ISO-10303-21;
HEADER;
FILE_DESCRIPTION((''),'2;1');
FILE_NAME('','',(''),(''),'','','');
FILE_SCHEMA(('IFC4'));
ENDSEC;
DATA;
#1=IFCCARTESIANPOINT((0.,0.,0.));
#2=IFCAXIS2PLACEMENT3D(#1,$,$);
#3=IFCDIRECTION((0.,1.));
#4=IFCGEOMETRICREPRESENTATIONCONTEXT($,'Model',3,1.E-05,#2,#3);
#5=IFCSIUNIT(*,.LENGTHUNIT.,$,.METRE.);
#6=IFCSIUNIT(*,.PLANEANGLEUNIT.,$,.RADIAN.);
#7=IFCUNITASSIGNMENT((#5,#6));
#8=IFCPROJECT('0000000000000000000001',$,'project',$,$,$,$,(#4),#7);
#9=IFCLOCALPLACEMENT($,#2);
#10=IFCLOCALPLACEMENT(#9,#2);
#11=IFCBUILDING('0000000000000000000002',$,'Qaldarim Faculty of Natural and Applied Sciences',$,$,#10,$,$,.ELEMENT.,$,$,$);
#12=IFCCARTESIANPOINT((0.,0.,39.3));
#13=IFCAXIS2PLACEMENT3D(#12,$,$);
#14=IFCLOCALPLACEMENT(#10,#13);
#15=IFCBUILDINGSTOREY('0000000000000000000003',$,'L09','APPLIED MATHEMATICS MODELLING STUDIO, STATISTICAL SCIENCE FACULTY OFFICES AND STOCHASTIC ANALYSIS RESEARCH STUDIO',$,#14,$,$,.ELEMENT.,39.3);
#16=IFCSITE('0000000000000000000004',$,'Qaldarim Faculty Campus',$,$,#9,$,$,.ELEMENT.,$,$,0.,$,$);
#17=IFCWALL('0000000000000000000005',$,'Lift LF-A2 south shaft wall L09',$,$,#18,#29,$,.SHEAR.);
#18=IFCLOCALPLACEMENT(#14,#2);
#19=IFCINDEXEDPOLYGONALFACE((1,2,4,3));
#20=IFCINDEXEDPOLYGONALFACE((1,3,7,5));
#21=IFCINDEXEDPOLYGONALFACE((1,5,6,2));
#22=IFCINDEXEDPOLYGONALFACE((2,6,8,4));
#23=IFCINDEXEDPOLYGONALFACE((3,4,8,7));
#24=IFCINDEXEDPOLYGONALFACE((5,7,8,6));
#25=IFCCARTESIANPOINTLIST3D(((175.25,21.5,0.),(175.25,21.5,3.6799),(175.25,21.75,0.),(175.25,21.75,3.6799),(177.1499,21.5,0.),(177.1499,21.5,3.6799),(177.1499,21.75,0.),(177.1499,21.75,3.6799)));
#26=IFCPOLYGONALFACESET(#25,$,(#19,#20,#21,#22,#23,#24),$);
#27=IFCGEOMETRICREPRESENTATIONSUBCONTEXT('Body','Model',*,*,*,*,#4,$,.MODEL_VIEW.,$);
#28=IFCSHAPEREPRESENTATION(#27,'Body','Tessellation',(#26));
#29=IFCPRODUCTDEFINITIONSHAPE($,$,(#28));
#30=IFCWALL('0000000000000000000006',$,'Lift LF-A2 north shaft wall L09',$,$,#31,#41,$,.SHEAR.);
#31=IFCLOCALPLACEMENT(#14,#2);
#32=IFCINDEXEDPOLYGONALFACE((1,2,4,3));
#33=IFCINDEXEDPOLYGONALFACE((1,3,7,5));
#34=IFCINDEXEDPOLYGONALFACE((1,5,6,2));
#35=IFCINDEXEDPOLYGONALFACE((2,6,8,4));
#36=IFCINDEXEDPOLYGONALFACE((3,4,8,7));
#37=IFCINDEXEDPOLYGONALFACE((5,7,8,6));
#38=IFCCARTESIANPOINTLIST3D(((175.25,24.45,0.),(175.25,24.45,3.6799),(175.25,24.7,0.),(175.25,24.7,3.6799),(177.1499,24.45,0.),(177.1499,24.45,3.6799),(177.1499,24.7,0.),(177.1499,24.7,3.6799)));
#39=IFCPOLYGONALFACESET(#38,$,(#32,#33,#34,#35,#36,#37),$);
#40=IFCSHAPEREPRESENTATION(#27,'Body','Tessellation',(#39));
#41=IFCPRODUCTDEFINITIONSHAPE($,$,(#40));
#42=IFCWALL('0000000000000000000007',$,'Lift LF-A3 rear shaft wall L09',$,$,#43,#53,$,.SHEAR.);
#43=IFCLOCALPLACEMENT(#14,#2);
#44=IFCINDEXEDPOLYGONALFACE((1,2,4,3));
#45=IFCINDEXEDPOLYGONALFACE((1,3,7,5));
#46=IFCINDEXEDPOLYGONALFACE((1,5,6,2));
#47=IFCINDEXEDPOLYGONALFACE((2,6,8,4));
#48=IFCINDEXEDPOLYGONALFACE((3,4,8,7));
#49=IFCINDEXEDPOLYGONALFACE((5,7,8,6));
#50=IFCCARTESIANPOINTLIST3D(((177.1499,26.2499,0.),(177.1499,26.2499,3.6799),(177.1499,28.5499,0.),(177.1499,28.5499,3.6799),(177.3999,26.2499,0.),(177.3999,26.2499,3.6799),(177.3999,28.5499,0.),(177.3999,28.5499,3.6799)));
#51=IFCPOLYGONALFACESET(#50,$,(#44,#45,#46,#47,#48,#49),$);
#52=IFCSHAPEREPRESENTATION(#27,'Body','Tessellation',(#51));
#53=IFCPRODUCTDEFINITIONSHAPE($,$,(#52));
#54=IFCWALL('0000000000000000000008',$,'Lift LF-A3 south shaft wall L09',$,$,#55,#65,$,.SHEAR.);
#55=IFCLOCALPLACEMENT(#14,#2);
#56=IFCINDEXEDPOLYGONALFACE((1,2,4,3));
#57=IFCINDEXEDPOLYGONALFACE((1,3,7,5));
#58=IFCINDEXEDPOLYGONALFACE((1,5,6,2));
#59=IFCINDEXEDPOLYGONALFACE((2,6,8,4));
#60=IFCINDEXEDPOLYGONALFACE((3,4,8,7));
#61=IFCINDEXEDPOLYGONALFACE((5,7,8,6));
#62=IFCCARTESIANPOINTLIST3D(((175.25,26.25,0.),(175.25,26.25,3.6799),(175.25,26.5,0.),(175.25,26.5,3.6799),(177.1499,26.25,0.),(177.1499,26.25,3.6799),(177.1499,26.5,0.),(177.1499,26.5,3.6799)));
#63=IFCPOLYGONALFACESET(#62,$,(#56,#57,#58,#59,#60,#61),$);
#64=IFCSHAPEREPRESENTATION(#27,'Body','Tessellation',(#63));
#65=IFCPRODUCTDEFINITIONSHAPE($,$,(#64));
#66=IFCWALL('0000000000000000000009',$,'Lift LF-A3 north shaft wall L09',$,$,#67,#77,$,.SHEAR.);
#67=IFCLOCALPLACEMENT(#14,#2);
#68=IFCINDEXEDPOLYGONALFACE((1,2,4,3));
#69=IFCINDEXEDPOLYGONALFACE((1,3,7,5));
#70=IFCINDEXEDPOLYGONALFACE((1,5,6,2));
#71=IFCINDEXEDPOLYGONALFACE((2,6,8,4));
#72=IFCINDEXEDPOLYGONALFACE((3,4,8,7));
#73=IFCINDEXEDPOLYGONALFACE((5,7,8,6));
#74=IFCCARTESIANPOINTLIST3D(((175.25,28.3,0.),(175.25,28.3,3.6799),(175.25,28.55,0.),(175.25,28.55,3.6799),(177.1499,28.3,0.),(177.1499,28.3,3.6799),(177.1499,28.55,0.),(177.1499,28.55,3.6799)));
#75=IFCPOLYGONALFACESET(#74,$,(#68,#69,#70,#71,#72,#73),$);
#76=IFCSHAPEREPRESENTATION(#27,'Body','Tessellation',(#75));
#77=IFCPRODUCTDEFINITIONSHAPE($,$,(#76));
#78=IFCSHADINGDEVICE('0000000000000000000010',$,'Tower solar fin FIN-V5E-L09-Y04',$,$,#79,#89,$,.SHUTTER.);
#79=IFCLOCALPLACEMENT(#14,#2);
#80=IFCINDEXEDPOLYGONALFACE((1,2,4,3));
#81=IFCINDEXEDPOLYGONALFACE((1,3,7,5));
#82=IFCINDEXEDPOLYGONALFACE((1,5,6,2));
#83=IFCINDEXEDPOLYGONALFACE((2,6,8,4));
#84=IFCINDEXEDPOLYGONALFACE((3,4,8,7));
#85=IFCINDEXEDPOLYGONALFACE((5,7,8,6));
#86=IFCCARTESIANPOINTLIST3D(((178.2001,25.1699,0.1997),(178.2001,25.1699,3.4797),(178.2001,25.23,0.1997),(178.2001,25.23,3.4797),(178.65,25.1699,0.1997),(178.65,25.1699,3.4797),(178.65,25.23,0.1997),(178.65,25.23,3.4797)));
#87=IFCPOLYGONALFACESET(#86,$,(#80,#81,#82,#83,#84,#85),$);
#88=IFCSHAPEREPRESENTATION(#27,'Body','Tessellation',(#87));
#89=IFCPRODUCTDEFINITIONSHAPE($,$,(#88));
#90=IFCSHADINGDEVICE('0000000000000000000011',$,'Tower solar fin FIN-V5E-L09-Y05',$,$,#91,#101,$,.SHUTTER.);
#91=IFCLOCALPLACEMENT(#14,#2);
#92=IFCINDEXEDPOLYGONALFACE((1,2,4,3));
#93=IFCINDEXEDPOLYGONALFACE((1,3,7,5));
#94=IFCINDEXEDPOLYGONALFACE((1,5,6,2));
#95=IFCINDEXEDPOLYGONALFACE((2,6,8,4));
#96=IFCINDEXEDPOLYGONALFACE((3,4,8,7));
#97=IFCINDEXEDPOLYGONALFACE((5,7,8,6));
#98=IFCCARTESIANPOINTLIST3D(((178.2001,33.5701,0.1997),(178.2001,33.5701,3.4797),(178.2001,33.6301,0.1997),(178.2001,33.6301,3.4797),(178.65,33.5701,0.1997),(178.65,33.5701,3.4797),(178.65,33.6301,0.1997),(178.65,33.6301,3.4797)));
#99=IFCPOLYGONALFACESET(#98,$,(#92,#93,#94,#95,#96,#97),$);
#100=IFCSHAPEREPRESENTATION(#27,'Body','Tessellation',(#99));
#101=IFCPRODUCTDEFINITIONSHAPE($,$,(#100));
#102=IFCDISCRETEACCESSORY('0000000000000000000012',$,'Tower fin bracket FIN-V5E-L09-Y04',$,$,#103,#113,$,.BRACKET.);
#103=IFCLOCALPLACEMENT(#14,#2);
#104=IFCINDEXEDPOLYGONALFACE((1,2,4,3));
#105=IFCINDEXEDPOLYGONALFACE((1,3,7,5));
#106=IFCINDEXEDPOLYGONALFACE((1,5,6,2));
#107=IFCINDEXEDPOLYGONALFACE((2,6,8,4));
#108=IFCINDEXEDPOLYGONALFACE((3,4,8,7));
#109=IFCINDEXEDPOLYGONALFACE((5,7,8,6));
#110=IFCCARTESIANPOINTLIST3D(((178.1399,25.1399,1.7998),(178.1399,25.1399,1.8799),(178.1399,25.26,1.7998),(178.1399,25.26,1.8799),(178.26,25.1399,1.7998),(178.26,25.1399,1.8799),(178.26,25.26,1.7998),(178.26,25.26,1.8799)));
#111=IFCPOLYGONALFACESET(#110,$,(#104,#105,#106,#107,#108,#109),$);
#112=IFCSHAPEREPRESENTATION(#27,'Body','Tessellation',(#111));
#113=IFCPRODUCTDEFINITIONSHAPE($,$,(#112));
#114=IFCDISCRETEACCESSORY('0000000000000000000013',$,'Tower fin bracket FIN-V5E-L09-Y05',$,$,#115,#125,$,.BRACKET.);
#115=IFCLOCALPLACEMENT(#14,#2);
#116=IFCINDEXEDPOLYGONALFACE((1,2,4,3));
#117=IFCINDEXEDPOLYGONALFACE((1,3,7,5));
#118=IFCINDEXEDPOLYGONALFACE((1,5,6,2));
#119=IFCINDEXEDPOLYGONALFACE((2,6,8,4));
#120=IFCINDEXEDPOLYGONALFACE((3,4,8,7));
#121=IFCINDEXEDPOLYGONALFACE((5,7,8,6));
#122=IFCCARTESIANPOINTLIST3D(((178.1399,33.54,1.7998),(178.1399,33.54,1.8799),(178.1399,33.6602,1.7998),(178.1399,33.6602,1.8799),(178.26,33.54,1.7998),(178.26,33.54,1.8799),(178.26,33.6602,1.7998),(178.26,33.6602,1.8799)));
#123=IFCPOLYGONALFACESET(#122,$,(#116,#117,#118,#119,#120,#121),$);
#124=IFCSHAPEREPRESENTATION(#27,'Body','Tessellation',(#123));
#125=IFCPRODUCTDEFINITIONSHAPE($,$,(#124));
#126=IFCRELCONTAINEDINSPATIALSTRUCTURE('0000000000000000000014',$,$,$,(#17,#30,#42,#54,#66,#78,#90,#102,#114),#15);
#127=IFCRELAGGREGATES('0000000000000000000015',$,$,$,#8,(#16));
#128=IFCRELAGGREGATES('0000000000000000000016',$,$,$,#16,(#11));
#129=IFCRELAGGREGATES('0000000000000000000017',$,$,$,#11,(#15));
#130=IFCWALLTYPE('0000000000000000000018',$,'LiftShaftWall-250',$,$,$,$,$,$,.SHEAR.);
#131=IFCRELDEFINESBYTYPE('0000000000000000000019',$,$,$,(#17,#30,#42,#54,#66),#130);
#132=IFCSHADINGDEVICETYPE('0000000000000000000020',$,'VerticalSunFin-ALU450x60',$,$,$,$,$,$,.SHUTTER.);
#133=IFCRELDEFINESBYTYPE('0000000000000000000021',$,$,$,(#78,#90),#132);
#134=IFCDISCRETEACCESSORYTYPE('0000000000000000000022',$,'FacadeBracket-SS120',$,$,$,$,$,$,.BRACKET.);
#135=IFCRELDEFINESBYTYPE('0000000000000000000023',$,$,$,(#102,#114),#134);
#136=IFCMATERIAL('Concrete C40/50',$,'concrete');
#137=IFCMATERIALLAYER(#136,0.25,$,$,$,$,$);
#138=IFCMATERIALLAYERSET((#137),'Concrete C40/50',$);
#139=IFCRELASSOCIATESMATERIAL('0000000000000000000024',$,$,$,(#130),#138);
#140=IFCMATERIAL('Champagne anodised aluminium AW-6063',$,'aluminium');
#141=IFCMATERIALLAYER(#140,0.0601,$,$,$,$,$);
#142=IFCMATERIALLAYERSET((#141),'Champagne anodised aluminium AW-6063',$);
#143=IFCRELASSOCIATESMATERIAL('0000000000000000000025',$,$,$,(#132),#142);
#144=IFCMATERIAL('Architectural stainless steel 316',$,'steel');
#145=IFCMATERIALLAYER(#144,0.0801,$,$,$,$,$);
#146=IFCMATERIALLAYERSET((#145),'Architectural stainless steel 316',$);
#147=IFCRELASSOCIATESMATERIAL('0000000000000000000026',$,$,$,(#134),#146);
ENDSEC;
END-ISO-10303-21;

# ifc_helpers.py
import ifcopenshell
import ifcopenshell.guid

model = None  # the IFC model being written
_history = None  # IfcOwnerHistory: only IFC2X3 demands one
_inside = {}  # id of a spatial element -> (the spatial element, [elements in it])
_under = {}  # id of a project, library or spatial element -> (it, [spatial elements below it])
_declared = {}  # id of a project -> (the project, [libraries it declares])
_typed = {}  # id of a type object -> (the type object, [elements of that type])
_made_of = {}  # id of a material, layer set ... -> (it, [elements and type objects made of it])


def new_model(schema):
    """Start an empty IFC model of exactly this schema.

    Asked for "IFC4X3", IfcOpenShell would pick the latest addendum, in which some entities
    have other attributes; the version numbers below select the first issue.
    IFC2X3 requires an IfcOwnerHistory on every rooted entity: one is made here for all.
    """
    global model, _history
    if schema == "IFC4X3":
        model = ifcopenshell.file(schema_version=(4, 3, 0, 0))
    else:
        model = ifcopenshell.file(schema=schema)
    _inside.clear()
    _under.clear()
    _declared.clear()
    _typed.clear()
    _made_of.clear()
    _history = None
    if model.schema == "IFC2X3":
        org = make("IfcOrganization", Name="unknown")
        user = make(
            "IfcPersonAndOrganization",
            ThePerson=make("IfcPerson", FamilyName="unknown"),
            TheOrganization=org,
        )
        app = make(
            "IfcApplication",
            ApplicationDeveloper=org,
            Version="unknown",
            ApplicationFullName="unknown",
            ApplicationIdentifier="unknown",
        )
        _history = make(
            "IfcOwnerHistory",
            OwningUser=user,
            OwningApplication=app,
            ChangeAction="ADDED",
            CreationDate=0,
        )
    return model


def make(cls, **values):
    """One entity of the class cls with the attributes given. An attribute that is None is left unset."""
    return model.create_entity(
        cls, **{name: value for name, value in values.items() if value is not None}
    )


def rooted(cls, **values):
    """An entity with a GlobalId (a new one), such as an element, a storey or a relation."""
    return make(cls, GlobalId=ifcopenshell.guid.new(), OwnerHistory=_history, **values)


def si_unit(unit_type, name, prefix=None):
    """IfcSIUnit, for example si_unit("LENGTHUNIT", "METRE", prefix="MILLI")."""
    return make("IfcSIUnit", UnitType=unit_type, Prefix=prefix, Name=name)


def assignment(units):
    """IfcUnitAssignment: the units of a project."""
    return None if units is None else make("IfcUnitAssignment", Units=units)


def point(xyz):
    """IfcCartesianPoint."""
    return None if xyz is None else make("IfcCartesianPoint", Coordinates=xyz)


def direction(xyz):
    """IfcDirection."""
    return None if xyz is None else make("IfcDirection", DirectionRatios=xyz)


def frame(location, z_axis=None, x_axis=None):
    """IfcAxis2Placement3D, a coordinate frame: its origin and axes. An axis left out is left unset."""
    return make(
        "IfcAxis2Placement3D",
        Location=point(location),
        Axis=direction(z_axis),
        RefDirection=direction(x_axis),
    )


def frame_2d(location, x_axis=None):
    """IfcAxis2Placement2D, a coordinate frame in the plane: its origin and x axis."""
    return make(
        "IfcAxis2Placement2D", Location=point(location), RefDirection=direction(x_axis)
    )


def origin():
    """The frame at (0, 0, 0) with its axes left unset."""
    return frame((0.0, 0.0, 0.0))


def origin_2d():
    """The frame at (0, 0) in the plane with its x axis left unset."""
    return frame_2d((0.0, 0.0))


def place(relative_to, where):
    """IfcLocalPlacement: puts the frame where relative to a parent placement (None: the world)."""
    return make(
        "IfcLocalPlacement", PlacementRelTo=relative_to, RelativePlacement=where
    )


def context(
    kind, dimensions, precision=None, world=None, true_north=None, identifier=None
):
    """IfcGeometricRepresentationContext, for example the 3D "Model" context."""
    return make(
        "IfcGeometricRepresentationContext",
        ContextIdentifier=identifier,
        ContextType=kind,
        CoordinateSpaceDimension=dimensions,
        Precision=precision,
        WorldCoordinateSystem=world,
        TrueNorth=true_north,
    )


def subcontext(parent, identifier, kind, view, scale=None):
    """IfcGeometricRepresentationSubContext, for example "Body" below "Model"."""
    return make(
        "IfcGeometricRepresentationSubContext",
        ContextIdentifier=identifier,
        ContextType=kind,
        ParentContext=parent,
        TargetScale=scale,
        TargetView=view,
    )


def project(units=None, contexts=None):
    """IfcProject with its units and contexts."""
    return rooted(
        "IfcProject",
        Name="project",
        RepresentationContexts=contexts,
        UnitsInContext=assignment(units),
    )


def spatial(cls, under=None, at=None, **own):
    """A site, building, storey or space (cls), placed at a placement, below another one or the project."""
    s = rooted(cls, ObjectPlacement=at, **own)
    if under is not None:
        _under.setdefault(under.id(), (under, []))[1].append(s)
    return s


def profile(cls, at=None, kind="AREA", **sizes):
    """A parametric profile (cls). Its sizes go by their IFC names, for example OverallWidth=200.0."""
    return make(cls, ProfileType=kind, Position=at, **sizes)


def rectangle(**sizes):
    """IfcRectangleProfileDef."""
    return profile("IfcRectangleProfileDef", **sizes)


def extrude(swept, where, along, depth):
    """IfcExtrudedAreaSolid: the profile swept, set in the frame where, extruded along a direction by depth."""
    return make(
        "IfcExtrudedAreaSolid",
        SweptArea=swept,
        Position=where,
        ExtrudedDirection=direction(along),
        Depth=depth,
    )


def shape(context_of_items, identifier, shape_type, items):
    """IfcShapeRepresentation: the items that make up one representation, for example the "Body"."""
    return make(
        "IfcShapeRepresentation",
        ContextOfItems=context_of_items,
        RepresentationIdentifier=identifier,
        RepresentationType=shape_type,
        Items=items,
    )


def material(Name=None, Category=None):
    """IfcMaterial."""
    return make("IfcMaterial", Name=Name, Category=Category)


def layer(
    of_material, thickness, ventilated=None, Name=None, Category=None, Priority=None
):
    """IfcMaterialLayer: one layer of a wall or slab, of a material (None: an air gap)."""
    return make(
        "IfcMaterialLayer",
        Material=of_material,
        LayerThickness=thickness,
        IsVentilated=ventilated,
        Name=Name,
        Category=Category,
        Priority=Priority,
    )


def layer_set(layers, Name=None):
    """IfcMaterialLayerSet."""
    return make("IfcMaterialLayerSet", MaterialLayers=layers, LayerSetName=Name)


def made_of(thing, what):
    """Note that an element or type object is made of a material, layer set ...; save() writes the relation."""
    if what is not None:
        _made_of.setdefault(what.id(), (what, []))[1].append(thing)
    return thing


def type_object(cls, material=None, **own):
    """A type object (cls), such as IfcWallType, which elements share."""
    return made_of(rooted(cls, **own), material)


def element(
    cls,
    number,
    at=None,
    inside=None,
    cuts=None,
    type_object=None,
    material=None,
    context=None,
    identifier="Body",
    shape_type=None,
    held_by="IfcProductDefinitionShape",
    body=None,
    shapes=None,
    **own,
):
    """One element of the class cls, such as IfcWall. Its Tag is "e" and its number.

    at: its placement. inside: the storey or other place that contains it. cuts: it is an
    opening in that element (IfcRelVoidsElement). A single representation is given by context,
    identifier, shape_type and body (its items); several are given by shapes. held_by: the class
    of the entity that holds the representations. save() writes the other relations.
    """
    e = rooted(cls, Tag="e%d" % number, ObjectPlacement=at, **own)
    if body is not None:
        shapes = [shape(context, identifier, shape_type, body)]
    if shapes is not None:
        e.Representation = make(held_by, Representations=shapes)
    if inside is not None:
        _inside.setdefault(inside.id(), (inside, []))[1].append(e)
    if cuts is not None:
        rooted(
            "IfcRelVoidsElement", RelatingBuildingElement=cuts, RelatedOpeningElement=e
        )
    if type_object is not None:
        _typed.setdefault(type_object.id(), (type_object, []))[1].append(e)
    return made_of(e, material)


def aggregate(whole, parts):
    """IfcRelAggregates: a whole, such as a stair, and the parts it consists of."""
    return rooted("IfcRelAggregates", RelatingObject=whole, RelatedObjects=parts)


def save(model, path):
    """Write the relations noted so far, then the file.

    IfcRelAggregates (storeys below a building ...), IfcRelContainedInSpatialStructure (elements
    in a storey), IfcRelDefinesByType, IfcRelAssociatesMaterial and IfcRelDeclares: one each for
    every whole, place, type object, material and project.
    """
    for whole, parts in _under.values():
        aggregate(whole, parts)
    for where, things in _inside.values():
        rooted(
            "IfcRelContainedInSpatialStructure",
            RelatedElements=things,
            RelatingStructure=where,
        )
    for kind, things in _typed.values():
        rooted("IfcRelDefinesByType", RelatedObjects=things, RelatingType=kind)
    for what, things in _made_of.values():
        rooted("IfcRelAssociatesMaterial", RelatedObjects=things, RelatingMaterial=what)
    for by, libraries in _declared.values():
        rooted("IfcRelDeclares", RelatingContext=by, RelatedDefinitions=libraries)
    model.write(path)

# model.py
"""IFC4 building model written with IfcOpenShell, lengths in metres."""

from ifc_helpers import new_model, si_unit, direction, frame, frame_2d, origin, origin_2d, place, context, subcontext, project, spatial, rectangle, extrude, material, layer, layer_set, type_object, element, save


model = new_model("IFC4")

# Units and contexts
model_context = context("Model", 3, precision=1e-05, world=origin(), true_north=direction((0.0, 1.0)))
body_context = subcontext(model_context, "Body", "Model", "MODEL_VIEW")
ifc_project = project(units=[si_unit("LENGTHUNIT", "METRE"), si_unit("PLANEANGLEUNIT", "RADIAN")], contexts=[model_context])

# Site, building, storey
site_placement = place(None, origin())
site = spatial("IfcSite", under=ifc_project, at=site_placement, Name="Qaldarim Faculty Campus", CompositionType="ELEMENT", RefElevation=0.0)
building_placement = place(site_placement, origin())
building = spatial("IfcBuilding", under=site, at=building_placement, Name="Qaldarim Faculty of Natural and Applied Sciences", CompositionType="ELEMENT")
storey_placement = place(building_placement, frame((0.0, 0.0, 39.3)))
storey = spatial("IfcBuildingStorey", under=building, at=storey_placement, Name="L09", Description="APPLIED MATHEMATICS MODELLING STUDIO, STATISTICAL SCIENCE FACULTY OFFICES AND STOCHASTIC ANALYSIS RESEARCH STUDIO", CompositionType="ELEMENT", Elevation=39.3)

# Shared definitions
ifc_material_1 = material(Name="Concrete C40/50", Category="concrete")

# Walls
ifc_layer_1 = layer(ifc_material_1, 0.25)
ifc_layer_set_1 = layer_set([ifc_layer_1], Name="Concrete C40/50")
wall_type_1 = type_object("IfcWallType", Name="LiftShaftWall-250", PredefinedType="SHEAR", material=ifc_layer_set_1)
for number, where, z_axis, x_axis, name in (
    (1, (175.25, 21.625, 0.0), (0.0, 0.0, 1.0), (1.0, 0.0, 0.0), "Lift LF-A2 south shaft wall L09"),
    (2, (175.25, 24.575, 0.0), (0.0, 0.0, 1.0), (1.0, 0.0, 0.0), "Lift LF-A2 north shaft wall L09"),
):
    element("IfcWall", number, at=place(storey_placement, frame(where, z_axis=z_axis, x_axis=x_axis)), inside=storey, type_object=wall_type_1, Name=name, PredefinedType="SHEAR", context=body_context, shape_type="SweptSolid", body=[
        extrude(rectangle(XDim=1.8999, YDim=0.25, at=frame_2d((0.95, 0.0))), origin(), (0.0, 0.0, 1.0), 3.6799),
    ])

# Shared definitions
ifc_material_2 = material(Name="Architectural stainless steel 316", Category="steel")

# Walls
wall_1_placement = place(storey_placement, frame((177.2749, 26.25, 0.0), z_axis=(0.0, 0.0, 1.0), x_axis=(0.0, 1.0, 0.0)))
element("IfcWall", 3, at=wall_1_placement, inside=storey, type_object=wall_type_1, Name="Lift LF-A3 rear shaft wall L09", PredefinedType="SHEAR", context=body_context, shape_type="SweptSolid", body=[
    extrude(rectangle(XDim=2.3, YDim=0.25, at=frame_2d((1.1499, 0.0))), origin(), (0.0, 0.0, 1.0), 3.6799),
])
for number, where, z_axis, x_axis, name in (
    (4, (175.25, 26.375, 0.0), (0.0, 0.0, 1.0), (1.0, 0.0, 0.0), "Lift LF-A3 south shaft wall L09"),
    (5, (175.25, 28.425, 0.0), (0.0, 0.0, 1.0), (1.0, 0.0, 0.0), "Lift LF-A3 north shaft wall L09"),
):
    element("IfcWall", number, at=place(storey_placement, frame(where, z_axis=z_axis, x_axis=x_axis)), inside=storey, type_object=wall_type_1, Name=name, PredefinedType="SHEAR", context=body_context, shape_type="SweptSolid", body=[
        extrude(rectangle(XDim=1.8999, YDim=0.25, at=frame_2d((0.95, 0.0))), origin(), (0.0, 0.0, 1.0), 3.6799),
    ])

# Shading devices
ifc_material_3 = material(Name="Champagne anodised aluminium AW-6063", Category="aluminium")
ifc_layer_2 = layer(ifc_material_3, 0.0601)
ifc_layer_set_2 = layer_set([ifc_layer_2], Name="Champagne anodised aluminium AW-6063")
shading_device_type = type_object("IfcShadingDeviceType", Name="VerticalSunFin-ALU450x60", PredefinedType="SHUTTER", material=ifc_layer_set_2)
for number, where, z_axis, x_axis, name in (
    (6, (178.425, 25.2, 0.1997), (0.0, 0.0, 1.0), (1.0, 0.0, 0.0), "Tower solar fin FIN-V5E-L09-Y04"),
    (7, (178.425, 33.6001, 0.1997), (0.0, 0.0, 1.0), (1.0, 0.0, 0.0), "Tower solar fin FIN-V5E-L09-Y05"),
):
    element("IfcShadingDevice", number, at=place(storey_placement, frame(where, z_axis=z_axis, x_axis=x_axis)), inside=storey, type_object=shading_device_type, Name=name, PredefinedType="SHUTTER", context=body_context, shape_type="SweptSolid", body=[
        extrude(rectangle(XDim=0.45, YDim=0.0601, at=origin_2d()), origin(), (0.0, 0.0, 1.0), 3.28),
    ])

# Discrete accessories
ifc_layer_3 = layer(ifc_material_2, 0.0801)
ifc_layer_set_3 = layer_set([ifc_layer_3], Name="Architectural stainless steel 316")
discrete_accessory_type = type_object("IfcDiscreteAccessoryType", Name="FacadeBracket-SS120", PredefinedType="BRACKET", material=ifc_layer_set_3)
for number, where, z_axis, x_axis, name in (
    (8, (178.2, 25.2, 1.7998), (0.0, 0.0, 1.0), (1.0, 0.0, 0.0), "Tower fin bracket FIN-V5E-L09-Y04"),
    (9, (178.2, 33.6001, 1.7998), (0.0, 0.0, 1.0), (1.0, 0.0, 0.0), "Tower fin bracket FIN-V5E-L09-Y05"),
):
    element("IfcDiscreteAccessory", number, at=place(storey_placement, frame(where, z_axis=z_axis, x_axis=x_axis)), inside=storey, type_object=discrete_accessory_type, Name=name, PredefinedType="BRACKET", context=body_context, shape_type="SweptSolid", body=[
        extrude(rectangle(XDim=0.1201, YDim=0.1201, at=origin_2d()), origin(), (0.0, 0.0, 1.0), 0.0801),
    ])

save(model, "model.ifc")
